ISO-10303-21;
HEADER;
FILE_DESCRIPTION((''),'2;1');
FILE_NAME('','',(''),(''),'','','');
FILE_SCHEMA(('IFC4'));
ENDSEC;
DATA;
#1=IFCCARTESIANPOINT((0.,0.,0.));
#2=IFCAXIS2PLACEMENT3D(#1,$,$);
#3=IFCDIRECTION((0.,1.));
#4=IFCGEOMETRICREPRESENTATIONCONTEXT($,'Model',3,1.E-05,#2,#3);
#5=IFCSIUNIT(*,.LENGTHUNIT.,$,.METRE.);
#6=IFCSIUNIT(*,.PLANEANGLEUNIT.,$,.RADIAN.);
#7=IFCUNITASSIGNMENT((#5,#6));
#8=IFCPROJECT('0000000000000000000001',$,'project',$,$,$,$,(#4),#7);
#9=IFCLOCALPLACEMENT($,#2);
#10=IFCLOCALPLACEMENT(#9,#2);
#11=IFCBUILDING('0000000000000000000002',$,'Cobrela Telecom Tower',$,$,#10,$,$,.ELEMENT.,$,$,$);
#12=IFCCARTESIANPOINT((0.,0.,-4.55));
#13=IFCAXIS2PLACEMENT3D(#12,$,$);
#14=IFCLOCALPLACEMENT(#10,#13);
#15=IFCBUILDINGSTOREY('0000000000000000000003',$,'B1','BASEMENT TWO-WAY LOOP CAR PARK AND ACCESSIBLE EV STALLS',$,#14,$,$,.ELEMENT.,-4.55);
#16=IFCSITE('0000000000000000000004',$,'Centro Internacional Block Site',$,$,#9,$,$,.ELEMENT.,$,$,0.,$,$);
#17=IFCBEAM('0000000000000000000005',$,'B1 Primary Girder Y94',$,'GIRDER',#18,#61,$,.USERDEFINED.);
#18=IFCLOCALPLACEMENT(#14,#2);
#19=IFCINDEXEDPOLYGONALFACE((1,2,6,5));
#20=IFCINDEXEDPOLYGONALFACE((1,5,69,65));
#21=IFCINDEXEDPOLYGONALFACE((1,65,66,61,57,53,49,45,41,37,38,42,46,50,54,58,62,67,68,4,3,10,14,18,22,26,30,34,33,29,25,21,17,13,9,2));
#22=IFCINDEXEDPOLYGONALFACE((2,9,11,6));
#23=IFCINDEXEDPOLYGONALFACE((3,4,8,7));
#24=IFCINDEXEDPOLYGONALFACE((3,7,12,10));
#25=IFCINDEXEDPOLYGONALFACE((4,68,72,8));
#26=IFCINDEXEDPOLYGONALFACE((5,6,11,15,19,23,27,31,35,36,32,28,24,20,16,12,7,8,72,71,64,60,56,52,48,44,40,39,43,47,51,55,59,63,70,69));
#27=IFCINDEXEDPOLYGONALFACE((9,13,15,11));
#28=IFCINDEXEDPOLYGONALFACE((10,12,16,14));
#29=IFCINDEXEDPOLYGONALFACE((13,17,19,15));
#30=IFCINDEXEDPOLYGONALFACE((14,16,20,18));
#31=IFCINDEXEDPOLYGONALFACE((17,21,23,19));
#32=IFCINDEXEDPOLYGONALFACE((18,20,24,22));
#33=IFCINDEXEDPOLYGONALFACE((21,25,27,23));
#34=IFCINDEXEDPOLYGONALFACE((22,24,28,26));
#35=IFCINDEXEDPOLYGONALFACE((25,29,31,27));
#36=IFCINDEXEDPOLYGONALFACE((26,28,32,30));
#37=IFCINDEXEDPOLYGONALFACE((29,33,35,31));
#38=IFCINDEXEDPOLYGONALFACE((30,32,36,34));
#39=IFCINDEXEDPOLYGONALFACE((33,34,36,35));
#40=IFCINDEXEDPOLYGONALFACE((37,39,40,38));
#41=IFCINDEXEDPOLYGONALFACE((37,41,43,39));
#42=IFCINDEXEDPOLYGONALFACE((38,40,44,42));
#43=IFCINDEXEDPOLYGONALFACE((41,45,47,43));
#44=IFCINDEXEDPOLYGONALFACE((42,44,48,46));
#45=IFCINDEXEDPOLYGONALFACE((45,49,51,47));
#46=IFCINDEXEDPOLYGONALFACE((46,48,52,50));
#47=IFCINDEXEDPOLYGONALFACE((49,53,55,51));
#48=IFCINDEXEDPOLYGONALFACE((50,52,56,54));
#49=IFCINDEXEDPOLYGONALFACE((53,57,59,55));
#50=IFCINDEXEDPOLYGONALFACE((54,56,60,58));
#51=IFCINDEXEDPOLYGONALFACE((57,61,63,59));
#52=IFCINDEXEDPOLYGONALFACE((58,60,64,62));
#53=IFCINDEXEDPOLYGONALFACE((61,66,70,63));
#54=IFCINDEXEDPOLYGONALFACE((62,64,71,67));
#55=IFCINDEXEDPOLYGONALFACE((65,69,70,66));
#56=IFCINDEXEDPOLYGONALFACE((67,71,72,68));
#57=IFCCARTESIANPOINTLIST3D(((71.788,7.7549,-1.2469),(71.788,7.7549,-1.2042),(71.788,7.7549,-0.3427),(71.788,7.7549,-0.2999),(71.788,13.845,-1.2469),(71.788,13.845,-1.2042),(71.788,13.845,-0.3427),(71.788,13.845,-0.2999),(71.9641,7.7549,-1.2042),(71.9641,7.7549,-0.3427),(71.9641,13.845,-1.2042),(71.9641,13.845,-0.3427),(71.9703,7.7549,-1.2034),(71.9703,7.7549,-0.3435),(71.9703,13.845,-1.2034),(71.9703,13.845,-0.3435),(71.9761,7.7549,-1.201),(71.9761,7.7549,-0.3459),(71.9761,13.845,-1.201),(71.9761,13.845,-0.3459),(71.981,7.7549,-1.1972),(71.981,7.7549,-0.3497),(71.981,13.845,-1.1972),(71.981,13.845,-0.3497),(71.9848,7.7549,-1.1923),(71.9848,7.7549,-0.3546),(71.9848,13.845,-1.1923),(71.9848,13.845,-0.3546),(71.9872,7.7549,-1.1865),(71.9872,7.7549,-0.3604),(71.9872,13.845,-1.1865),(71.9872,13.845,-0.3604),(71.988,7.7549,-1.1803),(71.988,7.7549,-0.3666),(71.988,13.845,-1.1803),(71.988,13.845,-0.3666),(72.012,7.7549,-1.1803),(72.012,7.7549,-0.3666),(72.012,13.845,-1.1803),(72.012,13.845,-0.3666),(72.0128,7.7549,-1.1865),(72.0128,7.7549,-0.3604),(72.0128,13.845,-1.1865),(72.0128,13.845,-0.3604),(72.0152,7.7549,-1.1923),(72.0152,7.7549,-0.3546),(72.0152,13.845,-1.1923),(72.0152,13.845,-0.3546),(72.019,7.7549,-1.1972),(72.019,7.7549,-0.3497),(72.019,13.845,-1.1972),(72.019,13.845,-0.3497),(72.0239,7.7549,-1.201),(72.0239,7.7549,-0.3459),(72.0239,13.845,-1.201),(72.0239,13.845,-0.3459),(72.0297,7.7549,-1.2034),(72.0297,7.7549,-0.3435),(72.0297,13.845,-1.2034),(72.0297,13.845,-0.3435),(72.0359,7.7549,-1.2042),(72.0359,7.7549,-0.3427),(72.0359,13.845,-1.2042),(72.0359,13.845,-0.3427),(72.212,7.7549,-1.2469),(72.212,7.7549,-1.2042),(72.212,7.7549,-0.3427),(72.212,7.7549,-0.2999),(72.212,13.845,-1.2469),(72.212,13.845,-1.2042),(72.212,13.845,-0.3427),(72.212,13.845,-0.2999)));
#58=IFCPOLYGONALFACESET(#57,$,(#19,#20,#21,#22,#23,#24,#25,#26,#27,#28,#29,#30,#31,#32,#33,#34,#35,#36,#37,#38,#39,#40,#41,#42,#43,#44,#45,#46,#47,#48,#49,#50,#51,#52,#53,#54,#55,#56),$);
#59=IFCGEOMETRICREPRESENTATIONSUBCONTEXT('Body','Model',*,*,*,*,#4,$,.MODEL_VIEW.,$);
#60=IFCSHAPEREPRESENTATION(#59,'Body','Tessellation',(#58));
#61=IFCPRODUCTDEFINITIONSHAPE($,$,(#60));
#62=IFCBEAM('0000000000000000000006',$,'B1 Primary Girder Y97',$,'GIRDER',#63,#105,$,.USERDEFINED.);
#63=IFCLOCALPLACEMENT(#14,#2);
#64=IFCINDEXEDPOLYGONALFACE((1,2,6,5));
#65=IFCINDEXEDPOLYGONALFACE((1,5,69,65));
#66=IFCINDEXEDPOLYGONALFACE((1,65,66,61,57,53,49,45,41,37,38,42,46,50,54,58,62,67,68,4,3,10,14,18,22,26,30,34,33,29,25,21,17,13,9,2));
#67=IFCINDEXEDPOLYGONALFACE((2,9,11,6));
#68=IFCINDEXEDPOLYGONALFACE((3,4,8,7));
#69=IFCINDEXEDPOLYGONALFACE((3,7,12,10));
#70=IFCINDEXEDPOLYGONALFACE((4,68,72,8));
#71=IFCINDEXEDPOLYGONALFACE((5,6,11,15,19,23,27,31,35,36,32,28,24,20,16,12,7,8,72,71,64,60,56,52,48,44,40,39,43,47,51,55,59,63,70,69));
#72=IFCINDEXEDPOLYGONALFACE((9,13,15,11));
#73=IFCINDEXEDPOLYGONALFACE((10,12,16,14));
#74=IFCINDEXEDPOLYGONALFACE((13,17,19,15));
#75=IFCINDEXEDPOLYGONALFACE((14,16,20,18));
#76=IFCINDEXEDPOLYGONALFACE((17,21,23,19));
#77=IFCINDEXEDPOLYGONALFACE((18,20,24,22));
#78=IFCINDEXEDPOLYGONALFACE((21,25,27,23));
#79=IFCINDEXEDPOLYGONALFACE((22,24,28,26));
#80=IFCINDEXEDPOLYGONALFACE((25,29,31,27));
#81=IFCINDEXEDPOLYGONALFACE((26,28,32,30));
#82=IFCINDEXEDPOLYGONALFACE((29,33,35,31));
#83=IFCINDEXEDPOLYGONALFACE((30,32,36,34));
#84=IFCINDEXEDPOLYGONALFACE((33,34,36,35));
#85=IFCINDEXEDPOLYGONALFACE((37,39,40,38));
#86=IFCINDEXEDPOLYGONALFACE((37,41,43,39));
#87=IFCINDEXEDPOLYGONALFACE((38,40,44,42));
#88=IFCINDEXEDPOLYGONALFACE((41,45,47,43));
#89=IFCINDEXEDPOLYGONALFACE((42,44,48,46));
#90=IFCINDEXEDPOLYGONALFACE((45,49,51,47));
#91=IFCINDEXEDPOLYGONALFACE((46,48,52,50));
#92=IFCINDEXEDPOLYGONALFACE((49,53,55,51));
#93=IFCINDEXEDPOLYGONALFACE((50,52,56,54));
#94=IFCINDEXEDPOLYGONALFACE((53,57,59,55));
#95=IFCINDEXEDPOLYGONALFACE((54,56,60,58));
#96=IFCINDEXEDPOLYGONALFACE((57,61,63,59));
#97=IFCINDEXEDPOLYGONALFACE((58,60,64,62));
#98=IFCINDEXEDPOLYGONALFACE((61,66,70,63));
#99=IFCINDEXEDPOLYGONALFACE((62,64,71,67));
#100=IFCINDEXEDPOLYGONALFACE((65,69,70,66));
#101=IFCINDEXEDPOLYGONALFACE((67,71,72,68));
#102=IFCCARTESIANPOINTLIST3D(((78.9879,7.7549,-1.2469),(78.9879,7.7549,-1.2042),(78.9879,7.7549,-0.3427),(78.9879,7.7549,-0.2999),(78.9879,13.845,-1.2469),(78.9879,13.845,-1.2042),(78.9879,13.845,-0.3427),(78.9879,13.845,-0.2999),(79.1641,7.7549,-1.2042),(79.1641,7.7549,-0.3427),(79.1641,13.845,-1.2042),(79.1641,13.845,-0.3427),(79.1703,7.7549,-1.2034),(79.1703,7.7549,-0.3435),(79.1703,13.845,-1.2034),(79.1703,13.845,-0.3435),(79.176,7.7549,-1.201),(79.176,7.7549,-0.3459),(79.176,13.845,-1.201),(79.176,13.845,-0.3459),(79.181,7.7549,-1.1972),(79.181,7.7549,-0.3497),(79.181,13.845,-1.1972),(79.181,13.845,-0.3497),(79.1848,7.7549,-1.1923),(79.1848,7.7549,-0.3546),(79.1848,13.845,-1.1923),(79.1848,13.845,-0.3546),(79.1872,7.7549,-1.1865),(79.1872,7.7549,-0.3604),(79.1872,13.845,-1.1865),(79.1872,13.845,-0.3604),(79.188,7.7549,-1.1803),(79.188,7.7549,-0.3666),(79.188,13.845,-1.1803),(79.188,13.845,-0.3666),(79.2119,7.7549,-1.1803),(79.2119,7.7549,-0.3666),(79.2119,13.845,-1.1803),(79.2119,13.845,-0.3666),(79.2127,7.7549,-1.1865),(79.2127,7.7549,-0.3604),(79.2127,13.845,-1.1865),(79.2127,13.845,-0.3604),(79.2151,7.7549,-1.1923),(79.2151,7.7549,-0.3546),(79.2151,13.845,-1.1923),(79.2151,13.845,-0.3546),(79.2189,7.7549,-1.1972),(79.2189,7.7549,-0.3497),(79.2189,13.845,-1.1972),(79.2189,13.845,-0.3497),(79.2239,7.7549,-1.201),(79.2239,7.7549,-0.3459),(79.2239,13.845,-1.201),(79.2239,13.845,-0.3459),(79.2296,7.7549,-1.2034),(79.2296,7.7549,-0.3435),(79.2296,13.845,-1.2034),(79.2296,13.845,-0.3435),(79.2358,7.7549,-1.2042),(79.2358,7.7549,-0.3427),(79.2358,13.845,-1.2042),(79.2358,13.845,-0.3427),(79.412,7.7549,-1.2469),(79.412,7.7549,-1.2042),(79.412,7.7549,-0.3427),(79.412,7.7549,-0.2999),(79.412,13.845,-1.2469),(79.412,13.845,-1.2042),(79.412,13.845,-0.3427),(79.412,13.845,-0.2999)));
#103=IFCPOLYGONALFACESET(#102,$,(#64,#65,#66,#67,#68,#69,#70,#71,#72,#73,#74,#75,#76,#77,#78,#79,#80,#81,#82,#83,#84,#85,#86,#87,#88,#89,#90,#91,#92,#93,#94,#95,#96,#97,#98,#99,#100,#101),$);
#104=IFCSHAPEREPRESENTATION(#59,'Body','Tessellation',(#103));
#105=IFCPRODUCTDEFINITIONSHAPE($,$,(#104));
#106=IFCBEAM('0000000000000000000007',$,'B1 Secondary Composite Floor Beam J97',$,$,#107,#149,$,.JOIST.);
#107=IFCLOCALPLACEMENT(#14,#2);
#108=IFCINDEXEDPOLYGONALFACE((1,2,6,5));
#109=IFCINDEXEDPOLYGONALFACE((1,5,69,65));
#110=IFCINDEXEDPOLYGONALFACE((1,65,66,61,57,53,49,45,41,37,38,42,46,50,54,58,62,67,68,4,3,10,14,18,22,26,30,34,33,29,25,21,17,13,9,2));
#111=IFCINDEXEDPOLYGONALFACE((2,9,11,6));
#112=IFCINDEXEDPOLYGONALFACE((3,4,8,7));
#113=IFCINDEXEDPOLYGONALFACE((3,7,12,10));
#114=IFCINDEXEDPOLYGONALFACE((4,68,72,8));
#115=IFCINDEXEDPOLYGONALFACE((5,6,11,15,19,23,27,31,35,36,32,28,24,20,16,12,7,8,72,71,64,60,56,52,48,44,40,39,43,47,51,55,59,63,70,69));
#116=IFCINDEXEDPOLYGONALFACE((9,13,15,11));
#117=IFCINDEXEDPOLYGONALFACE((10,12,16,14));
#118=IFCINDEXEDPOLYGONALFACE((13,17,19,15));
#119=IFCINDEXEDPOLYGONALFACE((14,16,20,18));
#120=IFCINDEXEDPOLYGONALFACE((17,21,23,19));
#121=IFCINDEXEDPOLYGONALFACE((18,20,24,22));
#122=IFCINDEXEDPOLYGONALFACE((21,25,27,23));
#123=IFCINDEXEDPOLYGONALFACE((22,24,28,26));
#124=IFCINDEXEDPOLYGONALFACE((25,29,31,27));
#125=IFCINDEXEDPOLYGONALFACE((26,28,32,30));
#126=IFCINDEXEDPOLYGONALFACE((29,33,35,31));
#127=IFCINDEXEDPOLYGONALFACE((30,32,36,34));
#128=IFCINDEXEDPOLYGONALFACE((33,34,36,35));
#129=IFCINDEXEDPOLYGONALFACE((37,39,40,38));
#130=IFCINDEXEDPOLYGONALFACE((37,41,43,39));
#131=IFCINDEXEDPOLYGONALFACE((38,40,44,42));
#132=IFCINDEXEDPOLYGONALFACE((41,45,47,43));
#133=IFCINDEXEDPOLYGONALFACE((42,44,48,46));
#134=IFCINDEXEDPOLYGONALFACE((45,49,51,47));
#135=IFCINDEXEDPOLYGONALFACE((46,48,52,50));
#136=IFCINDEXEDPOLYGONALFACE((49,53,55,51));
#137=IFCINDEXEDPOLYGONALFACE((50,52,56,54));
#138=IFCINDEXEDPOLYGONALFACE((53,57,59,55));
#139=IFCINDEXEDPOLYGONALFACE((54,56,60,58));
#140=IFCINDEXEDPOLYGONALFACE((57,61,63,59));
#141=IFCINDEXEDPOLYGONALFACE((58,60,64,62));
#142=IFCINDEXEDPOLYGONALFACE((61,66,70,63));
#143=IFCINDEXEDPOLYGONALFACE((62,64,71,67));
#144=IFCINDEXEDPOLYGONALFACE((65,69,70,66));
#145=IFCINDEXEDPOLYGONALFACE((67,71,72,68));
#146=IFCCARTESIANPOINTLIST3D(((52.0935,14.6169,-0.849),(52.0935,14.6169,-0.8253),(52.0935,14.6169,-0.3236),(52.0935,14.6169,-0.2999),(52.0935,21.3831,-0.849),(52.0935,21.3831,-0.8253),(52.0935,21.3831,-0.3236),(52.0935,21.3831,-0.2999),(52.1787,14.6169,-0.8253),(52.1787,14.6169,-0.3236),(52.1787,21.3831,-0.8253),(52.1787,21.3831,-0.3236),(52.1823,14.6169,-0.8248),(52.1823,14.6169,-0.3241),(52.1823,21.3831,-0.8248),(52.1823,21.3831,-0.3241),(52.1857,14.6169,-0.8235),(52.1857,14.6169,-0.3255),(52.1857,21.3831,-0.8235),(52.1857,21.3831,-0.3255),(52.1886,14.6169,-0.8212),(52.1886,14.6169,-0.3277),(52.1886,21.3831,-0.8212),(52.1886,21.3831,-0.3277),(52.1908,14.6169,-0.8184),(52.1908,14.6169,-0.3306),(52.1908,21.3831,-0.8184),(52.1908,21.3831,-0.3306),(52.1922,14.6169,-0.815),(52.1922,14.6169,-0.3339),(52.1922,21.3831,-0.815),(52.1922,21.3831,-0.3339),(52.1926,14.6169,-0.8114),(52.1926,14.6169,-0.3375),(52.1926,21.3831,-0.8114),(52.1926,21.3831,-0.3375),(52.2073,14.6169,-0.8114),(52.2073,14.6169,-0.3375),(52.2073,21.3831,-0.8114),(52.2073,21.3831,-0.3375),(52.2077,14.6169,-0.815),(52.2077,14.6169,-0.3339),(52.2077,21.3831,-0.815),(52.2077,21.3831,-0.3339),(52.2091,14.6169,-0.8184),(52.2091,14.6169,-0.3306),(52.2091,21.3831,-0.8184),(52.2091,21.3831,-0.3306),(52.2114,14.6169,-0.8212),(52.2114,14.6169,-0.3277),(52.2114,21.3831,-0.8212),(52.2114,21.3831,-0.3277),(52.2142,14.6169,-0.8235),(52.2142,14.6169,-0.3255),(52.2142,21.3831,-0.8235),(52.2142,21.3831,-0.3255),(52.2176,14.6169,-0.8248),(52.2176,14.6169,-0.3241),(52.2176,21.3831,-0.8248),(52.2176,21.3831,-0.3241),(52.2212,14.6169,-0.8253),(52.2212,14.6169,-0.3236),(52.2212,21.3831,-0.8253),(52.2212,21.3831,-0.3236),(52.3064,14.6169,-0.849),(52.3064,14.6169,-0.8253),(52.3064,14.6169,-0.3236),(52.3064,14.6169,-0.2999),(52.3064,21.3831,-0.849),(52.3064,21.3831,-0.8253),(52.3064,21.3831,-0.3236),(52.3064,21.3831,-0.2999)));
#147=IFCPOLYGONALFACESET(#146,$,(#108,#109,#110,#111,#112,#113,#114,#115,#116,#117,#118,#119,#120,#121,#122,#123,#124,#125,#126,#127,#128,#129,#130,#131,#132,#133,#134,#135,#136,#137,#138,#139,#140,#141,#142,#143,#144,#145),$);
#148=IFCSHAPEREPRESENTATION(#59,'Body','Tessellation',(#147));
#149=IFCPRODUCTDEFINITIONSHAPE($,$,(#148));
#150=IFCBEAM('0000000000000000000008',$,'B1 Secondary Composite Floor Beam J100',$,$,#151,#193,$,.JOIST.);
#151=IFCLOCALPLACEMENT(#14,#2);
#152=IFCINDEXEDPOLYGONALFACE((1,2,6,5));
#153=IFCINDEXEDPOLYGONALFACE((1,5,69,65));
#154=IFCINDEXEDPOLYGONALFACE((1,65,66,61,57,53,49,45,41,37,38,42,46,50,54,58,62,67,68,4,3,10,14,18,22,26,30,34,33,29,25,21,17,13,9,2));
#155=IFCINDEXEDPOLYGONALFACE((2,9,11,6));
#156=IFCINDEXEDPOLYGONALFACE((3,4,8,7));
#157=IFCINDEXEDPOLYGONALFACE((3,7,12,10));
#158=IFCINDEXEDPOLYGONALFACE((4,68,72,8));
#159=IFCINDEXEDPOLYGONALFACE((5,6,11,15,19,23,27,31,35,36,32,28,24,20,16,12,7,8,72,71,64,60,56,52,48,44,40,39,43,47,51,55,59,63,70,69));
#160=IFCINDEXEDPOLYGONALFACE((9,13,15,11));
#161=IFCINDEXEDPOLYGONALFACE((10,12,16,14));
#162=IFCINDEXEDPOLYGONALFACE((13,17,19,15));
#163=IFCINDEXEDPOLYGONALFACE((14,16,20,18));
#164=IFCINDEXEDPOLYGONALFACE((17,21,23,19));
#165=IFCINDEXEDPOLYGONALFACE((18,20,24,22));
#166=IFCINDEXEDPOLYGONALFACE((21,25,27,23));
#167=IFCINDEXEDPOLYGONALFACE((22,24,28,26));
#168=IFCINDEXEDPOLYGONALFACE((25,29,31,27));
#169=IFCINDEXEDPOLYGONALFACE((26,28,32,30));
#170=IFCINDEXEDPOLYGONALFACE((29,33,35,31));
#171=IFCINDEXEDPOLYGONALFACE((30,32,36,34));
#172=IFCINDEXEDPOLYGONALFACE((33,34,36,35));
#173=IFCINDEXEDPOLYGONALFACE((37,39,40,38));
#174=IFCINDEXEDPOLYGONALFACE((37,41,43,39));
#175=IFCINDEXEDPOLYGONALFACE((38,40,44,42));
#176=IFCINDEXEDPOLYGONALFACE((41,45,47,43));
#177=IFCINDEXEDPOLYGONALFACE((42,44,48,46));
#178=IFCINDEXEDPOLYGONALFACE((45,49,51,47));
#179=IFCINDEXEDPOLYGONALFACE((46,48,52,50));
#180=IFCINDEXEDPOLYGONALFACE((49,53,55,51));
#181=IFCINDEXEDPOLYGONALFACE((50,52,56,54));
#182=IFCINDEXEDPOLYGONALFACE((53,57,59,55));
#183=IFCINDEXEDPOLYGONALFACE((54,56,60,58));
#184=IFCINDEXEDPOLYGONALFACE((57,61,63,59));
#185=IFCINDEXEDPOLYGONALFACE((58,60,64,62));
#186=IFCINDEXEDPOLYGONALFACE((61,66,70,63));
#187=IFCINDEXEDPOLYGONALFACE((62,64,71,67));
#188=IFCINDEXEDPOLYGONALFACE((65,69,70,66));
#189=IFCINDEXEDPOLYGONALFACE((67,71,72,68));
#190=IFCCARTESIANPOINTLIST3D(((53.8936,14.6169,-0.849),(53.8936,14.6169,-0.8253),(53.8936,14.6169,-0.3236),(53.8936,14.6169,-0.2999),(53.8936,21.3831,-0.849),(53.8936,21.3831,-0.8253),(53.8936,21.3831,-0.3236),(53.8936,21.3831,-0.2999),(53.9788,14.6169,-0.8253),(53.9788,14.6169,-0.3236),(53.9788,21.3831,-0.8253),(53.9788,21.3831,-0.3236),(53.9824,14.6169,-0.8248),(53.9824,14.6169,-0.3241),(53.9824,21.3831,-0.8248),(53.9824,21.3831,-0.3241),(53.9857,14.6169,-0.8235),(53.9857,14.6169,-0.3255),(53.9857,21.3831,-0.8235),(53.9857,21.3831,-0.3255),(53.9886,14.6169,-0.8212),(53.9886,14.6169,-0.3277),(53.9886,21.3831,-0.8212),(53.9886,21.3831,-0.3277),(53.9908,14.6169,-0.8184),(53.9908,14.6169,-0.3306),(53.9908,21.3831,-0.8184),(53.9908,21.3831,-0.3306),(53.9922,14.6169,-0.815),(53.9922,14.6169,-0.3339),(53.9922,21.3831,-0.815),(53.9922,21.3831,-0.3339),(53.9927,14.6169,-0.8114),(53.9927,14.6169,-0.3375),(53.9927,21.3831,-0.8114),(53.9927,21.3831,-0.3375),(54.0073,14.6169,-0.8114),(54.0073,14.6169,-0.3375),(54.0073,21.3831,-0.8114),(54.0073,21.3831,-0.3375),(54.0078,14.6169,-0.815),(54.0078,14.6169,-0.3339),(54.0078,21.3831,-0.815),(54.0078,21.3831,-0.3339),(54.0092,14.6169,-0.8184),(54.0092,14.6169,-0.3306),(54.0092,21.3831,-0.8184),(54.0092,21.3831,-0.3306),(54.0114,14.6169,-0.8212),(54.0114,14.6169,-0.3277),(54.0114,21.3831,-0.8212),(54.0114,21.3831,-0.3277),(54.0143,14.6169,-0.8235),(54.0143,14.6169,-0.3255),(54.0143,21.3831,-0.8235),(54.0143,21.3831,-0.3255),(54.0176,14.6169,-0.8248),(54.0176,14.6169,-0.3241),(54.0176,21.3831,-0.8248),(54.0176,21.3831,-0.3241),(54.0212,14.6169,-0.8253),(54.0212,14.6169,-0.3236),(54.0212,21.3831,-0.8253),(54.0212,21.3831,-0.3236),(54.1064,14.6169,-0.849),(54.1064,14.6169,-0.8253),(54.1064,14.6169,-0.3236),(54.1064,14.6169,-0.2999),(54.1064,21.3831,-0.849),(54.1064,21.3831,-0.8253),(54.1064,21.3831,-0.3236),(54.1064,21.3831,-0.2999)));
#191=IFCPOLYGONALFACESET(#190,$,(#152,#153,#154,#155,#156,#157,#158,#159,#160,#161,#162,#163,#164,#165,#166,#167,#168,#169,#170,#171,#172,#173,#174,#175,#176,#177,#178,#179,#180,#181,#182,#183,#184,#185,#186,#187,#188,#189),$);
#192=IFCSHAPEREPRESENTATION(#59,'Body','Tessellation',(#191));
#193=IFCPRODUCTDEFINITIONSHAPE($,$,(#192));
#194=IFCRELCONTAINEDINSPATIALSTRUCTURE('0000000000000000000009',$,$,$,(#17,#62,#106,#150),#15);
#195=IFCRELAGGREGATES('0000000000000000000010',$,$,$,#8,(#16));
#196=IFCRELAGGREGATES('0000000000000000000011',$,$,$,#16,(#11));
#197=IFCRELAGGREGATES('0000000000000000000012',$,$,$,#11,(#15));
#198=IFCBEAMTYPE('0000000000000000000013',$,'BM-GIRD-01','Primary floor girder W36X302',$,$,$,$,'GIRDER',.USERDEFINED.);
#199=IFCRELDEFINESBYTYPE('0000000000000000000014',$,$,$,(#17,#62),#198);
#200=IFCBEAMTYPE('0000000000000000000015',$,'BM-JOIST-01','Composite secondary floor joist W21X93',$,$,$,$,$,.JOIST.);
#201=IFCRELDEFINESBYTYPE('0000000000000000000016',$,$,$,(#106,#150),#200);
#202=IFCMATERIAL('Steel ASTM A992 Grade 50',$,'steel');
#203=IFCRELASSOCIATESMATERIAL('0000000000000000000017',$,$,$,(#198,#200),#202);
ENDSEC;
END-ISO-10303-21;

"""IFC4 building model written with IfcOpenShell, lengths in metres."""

from ifc_helpers import new_model, si_unit, direction, frame, origin, origin_2d, place, context, subcontext, project, spatial, i_section, extrude, material, material_profile, profile_set, type_object, element, save


model = new_model("IFC4")

# Units and contexts
model_context = context("Model", 3, precision=1e-05, world=origin(), true_north=direction((0.0, 1.0)))
body_context = subcontext(model_context, "Body", "Model", "MODEL_VIEW")
ifc_project = project(units=[si_unit("LENGTHUNIT", "METRE"), si_unit("PLANEANGLEUNIT", "RADIAN")], contexts=[model_context])

# Site, building, storey
site_placement = place(None, origin())
site = spatial("IfcSite", under=ifc_project, at=site_placement, Name="Centro Internacional Block Site", CompositionType="ELEMENT", RefElevation=0.0)
building_placement = place(site_placement, origin())
building = spatial("IfcBuilding", under=site, at=building_placement, Name="Cobrela Telecom Tower", CompositionType="ELEMENT")
storey_placement = place(building_placement, frame((0.0, 0.0, -4.55)))
storey = spatial("IfcBuildingStorey", under=building, at=storey_placement, Name="B1", Description="BASEMENT TWO-WAY LOOP CAR PARK AND ACCESSIBLE EV STALLS", CompositionType="ELEMENT", Elevation=-4.55)

# Beams
ifc_material_1 = material(Name="Steel ASTM A992 Grade 50", Category="steel")
ifc_material_profile_1 = material_profile(ifc_material_1, i_section(OverallWidth=0.4241, OverallDepth=0.947, WebThickness=0.0239, FlangeThickness=0.0427, FilletRadius=0.0239, at=origin_2d()), Name="W36X302")
ifc_profile_set_1 = profile_set([ifc_material_profile_1], Name="Steel ASTM A992 Grade 50")
beam_type_1 = type_object("IfcBeamType", Name="BM-GIRD-01", Description="Primary floor girder W36X302", ElementType="GIRDER", PredefinedType="USERDEFINED", material=ifc_profile_set_1)
for number, where, z_axis, x_axis, name in (
    (1, (72.0, 7.7549, -0.7734), (0.0, 1.0, 0.0), (-1.0, 0.0, 0.0), "B1 Primary Girder Y94"),
    (2, (79.2, 7.7549, -0.7734), (0.0, 1.0, 0.0), (-1.0, 0.0, 0.0), "B1 Primary Girder Y97"),
):
    element("IfcBeam", number, at=place(storey_placement, frame(where, z_axis=z_axis, x_axis=x_axis)), inside=storey, type_object=beam_type_1, Name=name, ObjectType="GIRDER", PredefinedType="USERDEFINED", context=body_context, shape_type="SweptSolid", body=[
        extrude(i_section(OverallWidth=0.4241, OverallDepth=0.947, WebThickness=0.0239, FlangeThickness=0.0427, FilletRadius=0.0239, at=origin_2d()), origin(), (0.0, 0.0, 1.0), 6.0901),
    ])
ifc_material_profile_2 = material_profile(ifc_material_1, i_section(OverallWidth=0.2129, OverallDepth=0.5491, WebThickness=0.0146, FlangeThickness=0.0237, FilletRadius=0.0139, at=origin_2d()), Name="W21X93")
ifc_profile_set_2 = profile_set([ifc_material_profile_2], Name="Steel ASTM A992 Grade 50")
beam_type_2 = type_object("IfcBeamType", Name="BM-JOIST-01", Description="Composite secondary floor joist W21X93", PredefinedType="JOIST", material=ifc_profile_set_2)
for number, where, z_axis, x_axis, name in (
    (3, (52.2, 14.6169, -0.5745), (0.0, 1.0, 0.0), (-1.0, 0.0, 0.0), "B1 Secondary Composite Floor Beam J97"),
    (4, (54.0, 14.6169, -0.5745), (0.0, 1.0, 0.0), (-1.0, 0.0, 0.0), "B1 Secondary Composite Floor Beam J100"),
):
    element("IfcBeam", number, at=place(storey_placement, frame(where, z_axis=z_axis, x_axis=x_axis)), inside=storey, type_object=beam_type_2, Name=name, PredefinedType="JOIST", context=body_context, shape_type="SweptSolid", body=[
        extrude(i_section(OverallWidth=0.2129, OverallDepth=0.5491, WebThickness=0.0146, FlangeThickness=0.0237, FilletRadius=0.0139, at=origin_2d()), origin(), (0.0, 0.0, 1.0), 6.7661),
    ])

save(model, "model.ifc")
